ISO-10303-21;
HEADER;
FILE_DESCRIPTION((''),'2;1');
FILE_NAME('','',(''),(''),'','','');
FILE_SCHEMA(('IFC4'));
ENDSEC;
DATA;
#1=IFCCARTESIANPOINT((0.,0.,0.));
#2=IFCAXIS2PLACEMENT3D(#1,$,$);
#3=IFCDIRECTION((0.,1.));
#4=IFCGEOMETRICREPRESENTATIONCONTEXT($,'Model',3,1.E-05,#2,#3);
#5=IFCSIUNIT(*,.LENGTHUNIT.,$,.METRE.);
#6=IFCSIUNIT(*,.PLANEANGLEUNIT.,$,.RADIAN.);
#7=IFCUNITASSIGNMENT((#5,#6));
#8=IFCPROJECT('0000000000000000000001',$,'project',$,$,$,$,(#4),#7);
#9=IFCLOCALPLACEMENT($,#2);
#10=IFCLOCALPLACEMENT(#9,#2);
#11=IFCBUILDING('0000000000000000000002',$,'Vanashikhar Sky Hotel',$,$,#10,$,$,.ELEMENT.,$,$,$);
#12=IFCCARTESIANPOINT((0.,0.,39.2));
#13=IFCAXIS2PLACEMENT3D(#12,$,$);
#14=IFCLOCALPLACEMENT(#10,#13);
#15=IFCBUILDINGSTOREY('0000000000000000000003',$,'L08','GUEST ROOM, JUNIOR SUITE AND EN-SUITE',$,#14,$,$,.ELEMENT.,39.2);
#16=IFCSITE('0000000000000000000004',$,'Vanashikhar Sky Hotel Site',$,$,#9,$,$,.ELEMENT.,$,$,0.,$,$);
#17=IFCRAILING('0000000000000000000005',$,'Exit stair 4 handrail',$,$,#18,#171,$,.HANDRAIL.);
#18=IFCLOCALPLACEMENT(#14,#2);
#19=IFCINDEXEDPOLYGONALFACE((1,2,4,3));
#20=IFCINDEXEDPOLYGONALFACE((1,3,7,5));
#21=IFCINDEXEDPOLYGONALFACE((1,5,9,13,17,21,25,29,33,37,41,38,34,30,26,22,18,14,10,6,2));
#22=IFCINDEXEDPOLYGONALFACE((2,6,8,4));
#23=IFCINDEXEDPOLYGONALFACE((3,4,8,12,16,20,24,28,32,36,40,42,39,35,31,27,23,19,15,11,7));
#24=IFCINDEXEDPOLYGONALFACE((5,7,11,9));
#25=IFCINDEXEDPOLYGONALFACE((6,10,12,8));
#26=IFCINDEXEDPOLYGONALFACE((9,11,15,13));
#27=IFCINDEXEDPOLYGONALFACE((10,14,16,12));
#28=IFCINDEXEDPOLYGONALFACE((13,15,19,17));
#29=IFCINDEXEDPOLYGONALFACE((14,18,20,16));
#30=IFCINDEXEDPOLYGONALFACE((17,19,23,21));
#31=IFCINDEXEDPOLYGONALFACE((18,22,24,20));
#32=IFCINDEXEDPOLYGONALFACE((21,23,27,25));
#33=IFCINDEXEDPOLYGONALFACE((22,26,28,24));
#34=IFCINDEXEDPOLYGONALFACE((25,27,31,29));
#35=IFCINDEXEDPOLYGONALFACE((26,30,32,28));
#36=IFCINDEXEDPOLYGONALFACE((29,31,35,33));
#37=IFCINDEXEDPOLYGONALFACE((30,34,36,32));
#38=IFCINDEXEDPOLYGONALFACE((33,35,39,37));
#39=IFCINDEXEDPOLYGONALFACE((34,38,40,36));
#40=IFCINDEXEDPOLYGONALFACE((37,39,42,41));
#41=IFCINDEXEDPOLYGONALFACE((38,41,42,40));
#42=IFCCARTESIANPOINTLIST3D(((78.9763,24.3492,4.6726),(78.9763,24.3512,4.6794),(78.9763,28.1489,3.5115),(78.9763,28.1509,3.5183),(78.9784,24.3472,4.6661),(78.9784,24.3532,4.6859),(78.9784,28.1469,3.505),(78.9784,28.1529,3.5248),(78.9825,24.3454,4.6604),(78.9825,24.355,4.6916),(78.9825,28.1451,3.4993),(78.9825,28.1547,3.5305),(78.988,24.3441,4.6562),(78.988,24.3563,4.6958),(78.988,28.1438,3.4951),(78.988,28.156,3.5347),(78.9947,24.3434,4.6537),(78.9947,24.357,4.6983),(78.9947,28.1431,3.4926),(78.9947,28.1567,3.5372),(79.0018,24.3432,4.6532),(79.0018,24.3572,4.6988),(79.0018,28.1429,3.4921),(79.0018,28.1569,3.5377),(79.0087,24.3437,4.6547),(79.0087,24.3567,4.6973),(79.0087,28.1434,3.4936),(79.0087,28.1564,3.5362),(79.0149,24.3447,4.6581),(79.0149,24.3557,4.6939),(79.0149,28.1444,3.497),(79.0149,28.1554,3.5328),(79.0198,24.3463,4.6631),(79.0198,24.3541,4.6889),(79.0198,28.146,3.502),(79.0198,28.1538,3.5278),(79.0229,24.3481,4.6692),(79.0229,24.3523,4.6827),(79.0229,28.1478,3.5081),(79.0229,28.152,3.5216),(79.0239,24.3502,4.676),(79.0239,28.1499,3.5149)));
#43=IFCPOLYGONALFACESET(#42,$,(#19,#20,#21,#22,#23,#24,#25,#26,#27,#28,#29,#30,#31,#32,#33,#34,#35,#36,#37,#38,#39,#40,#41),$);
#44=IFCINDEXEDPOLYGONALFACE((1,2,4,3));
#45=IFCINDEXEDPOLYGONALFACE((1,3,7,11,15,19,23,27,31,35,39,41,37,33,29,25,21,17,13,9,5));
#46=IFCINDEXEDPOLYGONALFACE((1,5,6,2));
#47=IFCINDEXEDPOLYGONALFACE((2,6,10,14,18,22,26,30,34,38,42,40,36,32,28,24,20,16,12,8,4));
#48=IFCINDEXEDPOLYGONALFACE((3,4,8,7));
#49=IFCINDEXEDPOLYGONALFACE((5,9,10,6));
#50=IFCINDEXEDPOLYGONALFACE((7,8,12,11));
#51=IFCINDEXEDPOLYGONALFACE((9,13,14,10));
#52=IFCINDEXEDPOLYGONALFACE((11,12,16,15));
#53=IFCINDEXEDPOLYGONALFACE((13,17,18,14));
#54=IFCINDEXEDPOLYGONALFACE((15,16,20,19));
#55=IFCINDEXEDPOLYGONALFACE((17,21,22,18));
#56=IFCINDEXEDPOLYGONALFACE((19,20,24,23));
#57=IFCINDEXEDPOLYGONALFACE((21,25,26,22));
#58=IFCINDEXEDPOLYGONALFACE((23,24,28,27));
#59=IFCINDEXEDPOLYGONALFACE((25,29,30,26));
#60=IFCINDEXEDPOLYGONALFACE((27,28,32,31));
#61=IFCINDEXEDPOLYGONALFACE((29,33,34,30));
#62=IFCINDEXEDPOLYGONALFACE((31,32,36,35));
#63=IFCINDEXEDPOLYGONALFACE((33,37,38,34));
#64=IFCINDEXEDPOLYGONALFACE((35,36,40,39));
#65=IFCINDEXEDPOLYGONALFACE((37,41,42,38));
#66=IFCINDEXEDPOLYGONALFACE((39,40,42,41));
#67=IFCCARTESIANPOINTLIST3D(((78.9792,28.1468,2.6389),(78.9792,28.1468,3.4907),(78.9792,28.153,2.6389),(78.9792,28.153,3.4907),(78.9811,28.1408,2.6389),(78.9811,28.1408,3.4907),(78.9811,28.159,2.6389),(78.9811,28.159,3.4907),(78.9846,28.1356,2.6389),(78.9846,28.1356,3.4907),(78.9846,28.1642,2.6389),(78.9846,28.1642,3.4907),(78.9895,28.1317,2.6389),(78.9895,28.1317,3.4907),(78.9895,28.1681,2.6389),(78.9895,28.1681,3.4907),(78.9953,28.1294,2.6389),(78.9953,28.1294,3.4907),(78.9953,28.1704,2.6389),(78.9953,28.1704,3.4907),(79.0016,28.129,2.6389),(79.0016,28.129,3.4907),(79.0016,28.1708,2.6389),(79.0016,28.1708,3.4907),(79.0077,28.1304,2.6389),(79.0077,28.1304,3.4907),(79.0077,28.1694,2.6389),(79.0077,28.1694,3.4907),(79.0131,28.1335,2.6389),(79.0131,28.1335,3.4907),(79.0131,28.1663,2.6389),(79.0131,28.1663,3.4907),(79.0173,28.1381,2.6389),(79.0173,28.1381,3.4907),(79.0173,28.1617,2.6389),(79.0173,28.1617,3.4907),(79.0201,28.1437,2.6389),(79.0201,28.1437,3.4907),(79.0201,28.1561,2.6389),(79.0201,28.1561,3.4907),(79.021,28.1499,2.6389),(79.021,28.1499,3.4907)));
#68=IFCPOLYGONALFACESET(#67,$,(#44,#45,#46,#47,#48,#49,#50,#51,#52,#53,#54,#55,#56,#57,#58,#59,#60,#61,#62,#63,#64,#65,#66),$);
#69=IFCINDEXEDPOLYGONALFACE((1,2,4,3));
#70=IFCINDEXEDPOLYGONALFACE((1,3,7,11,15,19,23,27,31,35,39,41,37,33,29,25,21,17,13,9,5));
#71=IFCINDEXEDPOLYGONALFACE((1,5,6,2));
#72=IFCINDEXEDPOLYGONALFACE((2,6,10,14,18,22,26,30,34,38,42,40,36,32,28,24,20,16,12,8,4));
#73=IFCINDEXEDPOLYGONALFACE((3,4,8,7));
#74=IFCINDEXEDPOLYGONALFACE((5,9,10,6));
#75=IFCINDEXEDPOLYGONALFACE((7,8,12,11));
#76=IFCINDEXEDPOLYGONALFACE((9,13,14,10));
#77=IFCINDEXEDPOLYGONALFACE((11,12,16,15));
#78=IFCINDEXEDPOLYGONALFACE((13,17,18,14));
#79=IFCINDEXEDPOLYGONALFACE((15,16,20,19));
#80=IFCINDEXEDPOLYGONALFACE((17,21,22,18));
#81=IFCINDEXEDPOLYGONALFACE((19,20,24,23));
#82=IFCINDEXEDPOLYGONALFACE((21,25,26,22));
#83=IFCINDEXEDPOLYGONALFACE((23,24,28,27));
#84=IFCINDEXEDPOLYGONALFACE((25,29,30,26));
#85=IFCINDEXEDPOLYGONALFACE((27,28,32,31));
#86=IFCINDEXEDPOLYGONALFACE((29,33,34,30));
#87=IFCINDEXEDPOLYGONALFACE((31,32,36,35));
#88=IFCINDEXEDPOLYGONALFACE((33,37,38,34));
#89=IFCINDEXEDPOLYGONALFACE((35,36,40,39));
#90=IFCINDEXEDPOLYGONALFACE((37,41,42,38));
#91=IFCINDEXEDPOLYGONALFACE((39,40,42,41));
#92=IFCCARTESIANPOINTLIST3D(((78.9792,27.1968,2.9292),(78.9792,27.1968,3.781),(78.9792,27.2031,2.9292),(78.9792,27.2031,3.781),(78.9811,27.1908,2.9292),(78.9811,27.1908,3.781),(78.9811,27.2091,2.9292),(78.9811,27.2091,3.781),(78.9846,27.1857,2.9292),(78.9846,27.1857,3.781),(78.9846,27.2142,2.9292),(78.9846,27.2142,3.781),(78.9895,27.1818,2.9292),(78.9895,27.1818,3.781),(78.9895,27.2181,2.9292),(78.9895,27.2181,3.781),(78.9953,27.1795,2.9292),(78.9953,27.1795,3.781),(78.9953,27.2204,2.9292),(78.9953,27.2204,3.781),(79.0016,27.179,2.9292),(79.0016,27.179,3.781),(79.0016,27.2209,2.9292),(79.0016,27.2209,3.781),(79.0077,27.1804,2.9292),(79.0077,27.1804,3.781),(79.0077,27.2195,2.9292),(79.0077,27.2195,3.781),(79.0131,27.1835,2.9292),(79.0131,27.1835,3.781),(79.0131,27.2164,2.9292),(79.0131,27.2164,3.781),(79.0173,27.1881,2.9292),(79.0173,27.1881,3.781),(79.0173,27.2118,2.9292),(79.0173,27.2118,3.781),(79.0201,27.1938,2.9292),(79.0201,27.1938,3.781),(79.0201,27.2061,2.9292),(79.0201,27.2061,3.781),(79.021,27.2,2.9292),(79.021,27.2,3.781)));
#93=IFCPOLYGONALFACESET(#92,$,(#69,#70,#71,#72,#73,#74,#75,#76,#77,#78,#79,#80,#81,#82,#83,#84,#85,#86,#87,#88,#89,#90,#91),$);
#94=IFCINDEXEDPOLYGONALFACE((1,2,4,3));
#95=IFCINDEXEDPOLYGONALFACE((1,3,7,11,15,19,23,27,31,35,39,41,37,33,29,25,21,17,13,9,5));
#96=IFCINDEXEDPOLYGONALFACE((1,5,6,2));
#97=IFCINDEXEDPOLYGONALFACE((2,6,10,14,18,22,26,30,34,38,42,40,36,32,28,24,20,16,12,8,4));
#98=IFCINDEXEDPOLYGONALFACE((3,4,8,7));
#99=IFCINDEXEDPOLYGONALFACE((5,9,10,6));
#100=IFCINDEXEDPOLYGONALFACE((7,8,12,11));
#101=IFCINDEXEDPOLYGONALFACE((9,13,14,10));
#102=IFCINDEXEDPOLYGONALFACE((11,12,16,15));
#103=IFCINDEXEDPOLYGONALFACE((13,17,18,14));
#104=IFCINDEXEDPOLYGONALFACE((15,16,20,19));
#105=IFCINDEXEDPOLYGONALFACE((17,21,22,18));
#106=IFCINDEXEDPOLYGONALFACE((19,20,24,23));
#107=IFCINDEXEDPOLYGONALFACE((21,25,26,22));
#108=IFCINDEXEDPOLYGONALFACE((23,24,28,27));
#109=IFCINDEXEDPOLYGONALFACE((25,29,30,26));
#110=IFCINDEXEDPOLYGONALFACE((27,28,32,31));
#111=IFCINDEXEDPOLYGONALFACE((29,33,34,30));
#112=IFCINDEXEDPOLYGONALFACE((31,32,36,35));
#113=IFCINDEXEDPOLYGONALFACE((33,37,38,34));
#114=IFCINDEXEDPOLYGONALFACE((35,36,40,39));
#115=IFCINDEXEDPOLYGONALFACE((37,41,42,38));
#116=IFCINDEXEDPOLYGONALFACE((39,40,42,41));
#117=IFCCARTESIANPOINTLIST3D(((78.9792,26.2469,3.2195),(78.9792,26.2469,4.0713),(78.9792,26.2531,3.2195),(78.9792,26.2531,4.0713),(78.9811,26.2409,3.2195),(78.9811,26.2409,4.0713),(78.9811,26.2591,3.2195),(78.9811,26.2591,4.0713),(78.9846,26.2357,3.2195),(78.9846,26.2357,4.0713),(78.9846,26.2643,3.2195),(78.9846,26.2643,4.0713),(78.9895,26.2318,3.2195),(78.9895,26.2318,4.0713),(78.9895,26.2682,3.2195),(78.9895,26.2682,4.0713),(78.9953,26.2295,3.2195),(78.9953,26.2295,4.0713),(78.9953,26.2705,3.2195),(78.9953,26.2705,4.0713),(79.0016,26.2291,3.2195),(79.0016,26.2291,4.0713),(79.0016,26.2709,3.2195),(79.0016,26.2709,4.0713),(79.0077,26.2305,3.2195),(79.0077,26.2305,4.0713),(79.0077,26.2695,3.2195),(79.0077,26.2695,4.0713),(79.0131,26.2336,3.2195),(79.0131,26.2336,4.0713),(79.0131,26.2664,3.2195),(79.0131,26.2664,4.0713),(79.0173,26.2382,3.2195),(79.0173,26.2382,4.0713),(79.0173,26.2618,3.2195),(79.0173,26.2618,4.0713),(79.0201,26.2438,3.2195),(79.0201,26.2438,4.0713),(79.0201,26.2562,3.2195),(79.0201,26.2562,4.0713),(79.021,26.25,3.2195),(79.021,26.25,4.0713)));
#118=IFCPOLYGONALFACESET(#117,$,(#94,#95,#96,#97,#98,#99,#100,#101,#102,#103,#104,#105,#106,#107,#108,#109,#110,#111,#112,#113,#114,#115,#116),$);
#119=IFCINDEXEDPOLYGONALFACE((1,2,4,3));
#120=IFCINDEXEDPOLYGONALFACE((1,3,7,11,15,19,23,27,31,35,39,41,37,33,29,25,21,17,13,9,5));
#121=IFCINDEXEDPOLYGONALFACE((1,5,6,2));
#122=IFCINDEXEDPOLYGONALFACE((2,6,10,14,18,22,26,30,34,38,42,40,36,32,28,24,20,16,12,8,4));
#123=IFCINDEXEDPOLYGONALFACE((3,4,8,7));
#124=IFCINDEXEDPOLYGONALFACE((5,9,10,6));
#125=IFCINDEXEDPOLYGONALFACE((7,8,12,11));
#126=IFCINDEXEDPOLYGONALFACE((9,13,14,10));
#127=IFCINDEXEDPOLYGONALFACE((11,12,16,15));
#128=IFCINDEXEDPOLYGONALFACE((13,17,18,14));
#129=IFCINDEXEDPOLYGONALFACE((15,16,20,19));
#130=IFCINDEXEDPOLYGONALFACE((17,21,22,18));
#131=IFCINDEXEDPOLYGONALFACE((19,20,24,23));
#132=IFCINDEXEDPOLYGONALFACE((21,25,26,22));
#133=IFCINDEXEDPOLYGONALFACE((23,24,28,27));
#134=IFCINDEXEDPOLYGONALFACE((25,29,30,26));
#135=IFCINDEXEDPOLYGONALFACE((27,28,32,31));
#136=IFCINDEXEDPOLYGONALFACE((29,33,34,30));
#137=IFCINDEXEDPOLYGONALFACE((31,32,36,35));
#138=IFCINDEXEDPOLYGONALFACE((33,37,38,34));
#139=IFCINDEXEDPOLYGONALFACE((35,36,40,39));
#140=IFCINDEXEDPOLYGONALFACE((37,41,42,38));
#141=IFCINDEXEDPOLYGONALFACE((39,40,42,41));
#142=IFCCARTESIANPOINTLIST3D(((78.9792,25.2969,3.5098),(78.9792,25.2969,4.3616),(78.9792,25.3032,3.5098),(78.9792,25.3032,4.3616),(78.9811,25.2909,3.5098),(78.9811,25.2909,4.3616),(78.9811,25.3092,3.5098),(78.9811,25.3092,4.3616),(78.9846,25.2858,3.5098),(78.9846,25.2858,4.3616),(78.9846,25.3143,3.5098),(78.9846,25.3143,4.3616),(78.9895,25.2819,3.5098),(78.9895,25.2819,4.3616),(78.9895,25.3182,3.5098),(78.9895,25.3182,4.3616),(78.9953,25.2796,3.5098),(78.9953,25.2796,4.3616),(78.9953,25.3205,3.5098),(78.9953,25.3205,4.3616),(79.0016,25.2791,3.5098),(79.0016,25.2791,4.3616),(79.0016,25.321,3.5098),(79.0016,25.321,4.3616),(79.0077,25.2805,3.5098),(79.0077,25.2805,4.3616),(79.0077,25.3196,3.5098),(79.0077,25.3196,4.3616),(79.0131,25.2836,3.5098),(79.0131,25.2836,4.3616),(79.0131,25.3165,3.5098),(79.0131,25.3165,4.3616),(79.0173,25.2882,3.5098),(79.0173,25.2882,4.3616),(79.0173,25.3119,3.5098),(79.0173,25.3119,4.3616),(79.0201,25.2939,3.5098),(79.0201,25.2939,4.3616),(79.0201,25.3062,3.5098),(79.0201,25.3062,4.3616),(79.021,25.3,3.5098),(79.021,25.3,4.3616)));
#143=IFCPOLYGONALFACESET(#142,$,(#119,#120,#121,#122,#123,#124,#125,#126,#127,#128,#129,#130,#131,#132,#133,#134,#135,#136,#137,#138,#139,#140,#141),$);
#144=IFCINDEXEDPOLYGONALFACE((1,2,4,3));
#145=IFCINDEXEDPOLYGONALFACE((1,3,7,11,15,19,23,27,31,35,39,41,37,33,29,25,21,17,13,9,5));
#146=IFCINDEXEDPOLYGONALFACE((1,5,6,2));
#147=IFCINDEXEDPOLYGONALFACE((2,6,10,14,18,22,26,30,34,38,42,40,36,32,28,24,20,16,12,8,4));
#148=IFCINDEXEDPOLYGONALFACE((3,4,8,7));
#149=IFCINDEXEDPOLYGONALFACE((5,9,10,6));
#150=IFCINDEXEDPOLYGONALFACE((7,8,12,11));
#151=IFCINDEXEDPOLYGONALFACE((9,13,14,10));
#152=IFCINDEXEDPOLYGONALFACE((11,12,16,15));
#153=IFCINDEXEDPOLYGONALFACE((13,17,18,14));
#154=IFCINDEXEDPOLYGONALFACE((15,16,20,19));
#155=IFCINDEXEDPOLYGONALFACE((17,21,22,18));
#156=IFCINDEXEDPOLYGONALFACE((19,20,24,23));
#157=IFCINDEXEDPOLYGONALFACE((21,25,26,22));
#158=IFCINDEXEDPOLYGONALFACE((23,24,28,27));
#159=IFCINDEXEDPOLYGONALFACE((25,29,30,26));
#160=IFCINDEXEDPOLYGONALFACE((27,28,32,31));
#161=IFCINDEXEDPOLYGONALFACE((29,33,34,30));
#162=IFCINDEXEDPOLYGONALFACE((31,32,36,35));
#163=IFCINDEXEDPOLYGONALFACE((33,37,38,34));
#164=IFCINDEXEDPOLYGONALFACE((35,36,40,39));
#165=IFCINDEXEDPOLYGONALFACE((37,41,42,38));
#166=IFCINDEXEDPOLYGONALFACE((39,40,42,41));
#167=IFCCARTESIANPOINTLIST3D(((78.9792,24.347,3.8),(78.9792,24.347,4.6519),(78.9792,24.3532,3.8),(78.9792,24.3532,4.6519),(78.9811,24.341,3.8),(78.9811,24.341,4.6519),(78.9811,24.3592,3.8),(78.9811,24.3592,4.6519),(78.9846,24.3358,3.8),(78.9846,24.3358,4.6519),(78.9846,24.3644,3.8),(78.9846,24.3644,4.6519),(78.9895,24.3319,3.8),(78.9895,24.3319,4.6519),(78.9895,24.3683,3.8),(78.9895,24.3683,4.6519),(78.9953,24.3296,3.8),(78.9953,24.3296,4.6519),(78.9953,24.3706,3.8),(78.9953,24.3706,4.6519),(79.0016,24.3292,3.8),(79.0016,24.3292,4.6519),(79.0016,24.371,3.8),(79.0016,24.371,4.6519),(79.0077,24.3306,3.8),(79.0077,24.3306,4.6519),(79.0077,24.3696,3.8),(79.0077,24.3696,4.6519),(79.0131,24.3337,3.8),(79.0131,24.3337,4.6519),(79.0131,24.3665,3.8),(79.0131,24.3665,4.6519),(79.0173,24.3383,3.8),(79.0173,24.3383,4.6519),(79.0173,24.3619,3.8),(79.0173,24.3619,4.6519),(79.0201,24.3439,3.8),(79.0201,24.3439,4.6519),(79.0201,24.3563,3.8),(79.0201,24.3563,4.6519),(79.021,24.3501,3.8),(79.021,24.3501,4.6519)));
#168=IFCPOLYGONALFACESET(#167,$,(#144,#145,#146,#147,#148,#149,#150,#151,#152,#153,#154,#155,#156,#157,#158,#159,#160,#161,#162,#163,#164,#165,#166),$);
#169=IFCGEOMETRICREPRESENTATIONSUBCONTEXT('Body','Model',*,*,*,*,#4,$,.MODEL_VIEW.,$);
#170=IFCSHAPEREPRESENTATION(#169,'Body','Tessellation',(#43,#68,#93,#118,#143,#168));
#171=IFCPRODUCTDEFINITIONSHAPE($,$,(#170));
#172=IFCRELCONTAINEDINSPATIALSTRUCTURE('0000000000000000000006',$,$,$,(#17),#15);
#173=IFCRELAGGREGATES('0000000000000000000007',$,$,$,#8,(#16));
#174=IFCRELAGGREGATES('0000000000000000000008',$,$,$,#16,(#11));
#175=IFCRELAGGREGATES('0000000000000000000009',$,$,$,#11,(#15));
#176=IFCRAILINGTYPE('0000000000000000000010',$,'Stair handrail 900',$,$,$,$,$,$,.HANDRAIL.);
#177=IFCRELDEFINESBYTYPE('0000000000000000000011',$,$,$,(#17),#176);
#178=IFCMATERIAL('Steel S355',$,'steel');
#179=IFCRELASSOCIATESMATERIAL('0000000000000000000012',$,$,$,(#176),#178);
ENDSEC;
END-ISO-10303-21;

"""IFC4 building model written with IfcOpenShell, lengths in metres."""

from ifc_helpers import new_model, si_unit, direction, frame, origin, origin_2d, place, context, subcontext, project, spatial, circle, extrude, source, transform, mapped, material, type_object, element, save


model = new_model("IFC4")

# Units and contexts
model_context = context("Model", 3, precision=1e-05, world=origin(), true_north=direction((0.0, 1.0)))
body_context = subcontext(model_context, "Body", "Model", "MODEL_VIEW")
ifc_project = project(units=[si_unit("LENGTHUNIT", "METRE"), si_unit("PLANEANGLEUNIT", "RADIAN")], contexts=[model_context])

# Site, building, storey
site_placement = place(None, origin())
site = spatial("IfcSite", under=ifc_project, at=site_placement, Name="Vanashikhar Sky Hotel Site", CompositionType="ELEMENT", RefElevation=0.0)
building_placement = place(site_placement, origin())
building = spatial("IfcBuilding", under=site, at=building_placement, Name="Vanashikhar Sky Hotel", CompositionType="ELEMENT")
storey_placement = place(building_placement, frame((0.0, 0.0, 39.2)))
storey = spatial("IfcBuildingStorey", under=building, at=storey_placement, Name="L08", Description="GUEST ROOM, JUNIOR SUITE AND EN-SUITE", CompositionType="ELEMENT", Elevation=39.2)

# Railing
ifc_material_1 = material(Name="Steel S355", Category="steel")
railing_type_1 = type_object("IfcRailingType", Name="Stair handrail 900", PredefinedType="HANDRAIL", material=ifc_material_1)
shared_shape_1 = source(origin(), body_context, "Body", "SweptSolid", [
    extrude(circle(Radius=0.0239, at=origin_2d()), frame((0.0, 0.0, 0.876), z_axis=(0.0, -0.956346, 0.292237), x_axis=(1.0, 0.0, 0.0)), (0.0, 0.0, 1.0), 3.9731),
    extrude(circle(Radius=0.021, at=origin_2d()), origin(), (0.0, 0.0, 1.0), 0.8518),
    extrude(circle(Radius=0.021, at=origin_2d()), frame((0.0, -0.95, 0.2903)), (0.0, 0.0, 1.0), 0.8518),
    extrude(circle(Radius=0.021, at=origin_2d()), frame((0.0, -1.8999, 0.5806)), (0.0, 0.0, 1.0), 0.8518),
    extrude(circle(Radius=0.021, at=origin_2d()), frame((0.0, -2.8499, 0.8708)), (0.0, 0.0, 1.0), 0.8518),
    extrude(circle(Radius=0.021, at=origin_2d()), frame((0.0, -3.7998, 1.1611)), (0.0, 0.0, 1.0), 0.8518),
])
railing_1_placement = place(storey_placement, frame((79.0, 28.1499, 2.6389)))
element("IfcRailing", 1, at=railing_1_placement, inside=storey, type_object=railing_type_1, Name="Exit stair 4 handrail", PredefinedType="HANDRAIL", context=body_context, shape_type="MappedRepresentation", body=[
    mapped(shared_shape_1, transform((0.0, 0.0, 0.0), scale=1.0)),
])

save(model, "model.ifc")
